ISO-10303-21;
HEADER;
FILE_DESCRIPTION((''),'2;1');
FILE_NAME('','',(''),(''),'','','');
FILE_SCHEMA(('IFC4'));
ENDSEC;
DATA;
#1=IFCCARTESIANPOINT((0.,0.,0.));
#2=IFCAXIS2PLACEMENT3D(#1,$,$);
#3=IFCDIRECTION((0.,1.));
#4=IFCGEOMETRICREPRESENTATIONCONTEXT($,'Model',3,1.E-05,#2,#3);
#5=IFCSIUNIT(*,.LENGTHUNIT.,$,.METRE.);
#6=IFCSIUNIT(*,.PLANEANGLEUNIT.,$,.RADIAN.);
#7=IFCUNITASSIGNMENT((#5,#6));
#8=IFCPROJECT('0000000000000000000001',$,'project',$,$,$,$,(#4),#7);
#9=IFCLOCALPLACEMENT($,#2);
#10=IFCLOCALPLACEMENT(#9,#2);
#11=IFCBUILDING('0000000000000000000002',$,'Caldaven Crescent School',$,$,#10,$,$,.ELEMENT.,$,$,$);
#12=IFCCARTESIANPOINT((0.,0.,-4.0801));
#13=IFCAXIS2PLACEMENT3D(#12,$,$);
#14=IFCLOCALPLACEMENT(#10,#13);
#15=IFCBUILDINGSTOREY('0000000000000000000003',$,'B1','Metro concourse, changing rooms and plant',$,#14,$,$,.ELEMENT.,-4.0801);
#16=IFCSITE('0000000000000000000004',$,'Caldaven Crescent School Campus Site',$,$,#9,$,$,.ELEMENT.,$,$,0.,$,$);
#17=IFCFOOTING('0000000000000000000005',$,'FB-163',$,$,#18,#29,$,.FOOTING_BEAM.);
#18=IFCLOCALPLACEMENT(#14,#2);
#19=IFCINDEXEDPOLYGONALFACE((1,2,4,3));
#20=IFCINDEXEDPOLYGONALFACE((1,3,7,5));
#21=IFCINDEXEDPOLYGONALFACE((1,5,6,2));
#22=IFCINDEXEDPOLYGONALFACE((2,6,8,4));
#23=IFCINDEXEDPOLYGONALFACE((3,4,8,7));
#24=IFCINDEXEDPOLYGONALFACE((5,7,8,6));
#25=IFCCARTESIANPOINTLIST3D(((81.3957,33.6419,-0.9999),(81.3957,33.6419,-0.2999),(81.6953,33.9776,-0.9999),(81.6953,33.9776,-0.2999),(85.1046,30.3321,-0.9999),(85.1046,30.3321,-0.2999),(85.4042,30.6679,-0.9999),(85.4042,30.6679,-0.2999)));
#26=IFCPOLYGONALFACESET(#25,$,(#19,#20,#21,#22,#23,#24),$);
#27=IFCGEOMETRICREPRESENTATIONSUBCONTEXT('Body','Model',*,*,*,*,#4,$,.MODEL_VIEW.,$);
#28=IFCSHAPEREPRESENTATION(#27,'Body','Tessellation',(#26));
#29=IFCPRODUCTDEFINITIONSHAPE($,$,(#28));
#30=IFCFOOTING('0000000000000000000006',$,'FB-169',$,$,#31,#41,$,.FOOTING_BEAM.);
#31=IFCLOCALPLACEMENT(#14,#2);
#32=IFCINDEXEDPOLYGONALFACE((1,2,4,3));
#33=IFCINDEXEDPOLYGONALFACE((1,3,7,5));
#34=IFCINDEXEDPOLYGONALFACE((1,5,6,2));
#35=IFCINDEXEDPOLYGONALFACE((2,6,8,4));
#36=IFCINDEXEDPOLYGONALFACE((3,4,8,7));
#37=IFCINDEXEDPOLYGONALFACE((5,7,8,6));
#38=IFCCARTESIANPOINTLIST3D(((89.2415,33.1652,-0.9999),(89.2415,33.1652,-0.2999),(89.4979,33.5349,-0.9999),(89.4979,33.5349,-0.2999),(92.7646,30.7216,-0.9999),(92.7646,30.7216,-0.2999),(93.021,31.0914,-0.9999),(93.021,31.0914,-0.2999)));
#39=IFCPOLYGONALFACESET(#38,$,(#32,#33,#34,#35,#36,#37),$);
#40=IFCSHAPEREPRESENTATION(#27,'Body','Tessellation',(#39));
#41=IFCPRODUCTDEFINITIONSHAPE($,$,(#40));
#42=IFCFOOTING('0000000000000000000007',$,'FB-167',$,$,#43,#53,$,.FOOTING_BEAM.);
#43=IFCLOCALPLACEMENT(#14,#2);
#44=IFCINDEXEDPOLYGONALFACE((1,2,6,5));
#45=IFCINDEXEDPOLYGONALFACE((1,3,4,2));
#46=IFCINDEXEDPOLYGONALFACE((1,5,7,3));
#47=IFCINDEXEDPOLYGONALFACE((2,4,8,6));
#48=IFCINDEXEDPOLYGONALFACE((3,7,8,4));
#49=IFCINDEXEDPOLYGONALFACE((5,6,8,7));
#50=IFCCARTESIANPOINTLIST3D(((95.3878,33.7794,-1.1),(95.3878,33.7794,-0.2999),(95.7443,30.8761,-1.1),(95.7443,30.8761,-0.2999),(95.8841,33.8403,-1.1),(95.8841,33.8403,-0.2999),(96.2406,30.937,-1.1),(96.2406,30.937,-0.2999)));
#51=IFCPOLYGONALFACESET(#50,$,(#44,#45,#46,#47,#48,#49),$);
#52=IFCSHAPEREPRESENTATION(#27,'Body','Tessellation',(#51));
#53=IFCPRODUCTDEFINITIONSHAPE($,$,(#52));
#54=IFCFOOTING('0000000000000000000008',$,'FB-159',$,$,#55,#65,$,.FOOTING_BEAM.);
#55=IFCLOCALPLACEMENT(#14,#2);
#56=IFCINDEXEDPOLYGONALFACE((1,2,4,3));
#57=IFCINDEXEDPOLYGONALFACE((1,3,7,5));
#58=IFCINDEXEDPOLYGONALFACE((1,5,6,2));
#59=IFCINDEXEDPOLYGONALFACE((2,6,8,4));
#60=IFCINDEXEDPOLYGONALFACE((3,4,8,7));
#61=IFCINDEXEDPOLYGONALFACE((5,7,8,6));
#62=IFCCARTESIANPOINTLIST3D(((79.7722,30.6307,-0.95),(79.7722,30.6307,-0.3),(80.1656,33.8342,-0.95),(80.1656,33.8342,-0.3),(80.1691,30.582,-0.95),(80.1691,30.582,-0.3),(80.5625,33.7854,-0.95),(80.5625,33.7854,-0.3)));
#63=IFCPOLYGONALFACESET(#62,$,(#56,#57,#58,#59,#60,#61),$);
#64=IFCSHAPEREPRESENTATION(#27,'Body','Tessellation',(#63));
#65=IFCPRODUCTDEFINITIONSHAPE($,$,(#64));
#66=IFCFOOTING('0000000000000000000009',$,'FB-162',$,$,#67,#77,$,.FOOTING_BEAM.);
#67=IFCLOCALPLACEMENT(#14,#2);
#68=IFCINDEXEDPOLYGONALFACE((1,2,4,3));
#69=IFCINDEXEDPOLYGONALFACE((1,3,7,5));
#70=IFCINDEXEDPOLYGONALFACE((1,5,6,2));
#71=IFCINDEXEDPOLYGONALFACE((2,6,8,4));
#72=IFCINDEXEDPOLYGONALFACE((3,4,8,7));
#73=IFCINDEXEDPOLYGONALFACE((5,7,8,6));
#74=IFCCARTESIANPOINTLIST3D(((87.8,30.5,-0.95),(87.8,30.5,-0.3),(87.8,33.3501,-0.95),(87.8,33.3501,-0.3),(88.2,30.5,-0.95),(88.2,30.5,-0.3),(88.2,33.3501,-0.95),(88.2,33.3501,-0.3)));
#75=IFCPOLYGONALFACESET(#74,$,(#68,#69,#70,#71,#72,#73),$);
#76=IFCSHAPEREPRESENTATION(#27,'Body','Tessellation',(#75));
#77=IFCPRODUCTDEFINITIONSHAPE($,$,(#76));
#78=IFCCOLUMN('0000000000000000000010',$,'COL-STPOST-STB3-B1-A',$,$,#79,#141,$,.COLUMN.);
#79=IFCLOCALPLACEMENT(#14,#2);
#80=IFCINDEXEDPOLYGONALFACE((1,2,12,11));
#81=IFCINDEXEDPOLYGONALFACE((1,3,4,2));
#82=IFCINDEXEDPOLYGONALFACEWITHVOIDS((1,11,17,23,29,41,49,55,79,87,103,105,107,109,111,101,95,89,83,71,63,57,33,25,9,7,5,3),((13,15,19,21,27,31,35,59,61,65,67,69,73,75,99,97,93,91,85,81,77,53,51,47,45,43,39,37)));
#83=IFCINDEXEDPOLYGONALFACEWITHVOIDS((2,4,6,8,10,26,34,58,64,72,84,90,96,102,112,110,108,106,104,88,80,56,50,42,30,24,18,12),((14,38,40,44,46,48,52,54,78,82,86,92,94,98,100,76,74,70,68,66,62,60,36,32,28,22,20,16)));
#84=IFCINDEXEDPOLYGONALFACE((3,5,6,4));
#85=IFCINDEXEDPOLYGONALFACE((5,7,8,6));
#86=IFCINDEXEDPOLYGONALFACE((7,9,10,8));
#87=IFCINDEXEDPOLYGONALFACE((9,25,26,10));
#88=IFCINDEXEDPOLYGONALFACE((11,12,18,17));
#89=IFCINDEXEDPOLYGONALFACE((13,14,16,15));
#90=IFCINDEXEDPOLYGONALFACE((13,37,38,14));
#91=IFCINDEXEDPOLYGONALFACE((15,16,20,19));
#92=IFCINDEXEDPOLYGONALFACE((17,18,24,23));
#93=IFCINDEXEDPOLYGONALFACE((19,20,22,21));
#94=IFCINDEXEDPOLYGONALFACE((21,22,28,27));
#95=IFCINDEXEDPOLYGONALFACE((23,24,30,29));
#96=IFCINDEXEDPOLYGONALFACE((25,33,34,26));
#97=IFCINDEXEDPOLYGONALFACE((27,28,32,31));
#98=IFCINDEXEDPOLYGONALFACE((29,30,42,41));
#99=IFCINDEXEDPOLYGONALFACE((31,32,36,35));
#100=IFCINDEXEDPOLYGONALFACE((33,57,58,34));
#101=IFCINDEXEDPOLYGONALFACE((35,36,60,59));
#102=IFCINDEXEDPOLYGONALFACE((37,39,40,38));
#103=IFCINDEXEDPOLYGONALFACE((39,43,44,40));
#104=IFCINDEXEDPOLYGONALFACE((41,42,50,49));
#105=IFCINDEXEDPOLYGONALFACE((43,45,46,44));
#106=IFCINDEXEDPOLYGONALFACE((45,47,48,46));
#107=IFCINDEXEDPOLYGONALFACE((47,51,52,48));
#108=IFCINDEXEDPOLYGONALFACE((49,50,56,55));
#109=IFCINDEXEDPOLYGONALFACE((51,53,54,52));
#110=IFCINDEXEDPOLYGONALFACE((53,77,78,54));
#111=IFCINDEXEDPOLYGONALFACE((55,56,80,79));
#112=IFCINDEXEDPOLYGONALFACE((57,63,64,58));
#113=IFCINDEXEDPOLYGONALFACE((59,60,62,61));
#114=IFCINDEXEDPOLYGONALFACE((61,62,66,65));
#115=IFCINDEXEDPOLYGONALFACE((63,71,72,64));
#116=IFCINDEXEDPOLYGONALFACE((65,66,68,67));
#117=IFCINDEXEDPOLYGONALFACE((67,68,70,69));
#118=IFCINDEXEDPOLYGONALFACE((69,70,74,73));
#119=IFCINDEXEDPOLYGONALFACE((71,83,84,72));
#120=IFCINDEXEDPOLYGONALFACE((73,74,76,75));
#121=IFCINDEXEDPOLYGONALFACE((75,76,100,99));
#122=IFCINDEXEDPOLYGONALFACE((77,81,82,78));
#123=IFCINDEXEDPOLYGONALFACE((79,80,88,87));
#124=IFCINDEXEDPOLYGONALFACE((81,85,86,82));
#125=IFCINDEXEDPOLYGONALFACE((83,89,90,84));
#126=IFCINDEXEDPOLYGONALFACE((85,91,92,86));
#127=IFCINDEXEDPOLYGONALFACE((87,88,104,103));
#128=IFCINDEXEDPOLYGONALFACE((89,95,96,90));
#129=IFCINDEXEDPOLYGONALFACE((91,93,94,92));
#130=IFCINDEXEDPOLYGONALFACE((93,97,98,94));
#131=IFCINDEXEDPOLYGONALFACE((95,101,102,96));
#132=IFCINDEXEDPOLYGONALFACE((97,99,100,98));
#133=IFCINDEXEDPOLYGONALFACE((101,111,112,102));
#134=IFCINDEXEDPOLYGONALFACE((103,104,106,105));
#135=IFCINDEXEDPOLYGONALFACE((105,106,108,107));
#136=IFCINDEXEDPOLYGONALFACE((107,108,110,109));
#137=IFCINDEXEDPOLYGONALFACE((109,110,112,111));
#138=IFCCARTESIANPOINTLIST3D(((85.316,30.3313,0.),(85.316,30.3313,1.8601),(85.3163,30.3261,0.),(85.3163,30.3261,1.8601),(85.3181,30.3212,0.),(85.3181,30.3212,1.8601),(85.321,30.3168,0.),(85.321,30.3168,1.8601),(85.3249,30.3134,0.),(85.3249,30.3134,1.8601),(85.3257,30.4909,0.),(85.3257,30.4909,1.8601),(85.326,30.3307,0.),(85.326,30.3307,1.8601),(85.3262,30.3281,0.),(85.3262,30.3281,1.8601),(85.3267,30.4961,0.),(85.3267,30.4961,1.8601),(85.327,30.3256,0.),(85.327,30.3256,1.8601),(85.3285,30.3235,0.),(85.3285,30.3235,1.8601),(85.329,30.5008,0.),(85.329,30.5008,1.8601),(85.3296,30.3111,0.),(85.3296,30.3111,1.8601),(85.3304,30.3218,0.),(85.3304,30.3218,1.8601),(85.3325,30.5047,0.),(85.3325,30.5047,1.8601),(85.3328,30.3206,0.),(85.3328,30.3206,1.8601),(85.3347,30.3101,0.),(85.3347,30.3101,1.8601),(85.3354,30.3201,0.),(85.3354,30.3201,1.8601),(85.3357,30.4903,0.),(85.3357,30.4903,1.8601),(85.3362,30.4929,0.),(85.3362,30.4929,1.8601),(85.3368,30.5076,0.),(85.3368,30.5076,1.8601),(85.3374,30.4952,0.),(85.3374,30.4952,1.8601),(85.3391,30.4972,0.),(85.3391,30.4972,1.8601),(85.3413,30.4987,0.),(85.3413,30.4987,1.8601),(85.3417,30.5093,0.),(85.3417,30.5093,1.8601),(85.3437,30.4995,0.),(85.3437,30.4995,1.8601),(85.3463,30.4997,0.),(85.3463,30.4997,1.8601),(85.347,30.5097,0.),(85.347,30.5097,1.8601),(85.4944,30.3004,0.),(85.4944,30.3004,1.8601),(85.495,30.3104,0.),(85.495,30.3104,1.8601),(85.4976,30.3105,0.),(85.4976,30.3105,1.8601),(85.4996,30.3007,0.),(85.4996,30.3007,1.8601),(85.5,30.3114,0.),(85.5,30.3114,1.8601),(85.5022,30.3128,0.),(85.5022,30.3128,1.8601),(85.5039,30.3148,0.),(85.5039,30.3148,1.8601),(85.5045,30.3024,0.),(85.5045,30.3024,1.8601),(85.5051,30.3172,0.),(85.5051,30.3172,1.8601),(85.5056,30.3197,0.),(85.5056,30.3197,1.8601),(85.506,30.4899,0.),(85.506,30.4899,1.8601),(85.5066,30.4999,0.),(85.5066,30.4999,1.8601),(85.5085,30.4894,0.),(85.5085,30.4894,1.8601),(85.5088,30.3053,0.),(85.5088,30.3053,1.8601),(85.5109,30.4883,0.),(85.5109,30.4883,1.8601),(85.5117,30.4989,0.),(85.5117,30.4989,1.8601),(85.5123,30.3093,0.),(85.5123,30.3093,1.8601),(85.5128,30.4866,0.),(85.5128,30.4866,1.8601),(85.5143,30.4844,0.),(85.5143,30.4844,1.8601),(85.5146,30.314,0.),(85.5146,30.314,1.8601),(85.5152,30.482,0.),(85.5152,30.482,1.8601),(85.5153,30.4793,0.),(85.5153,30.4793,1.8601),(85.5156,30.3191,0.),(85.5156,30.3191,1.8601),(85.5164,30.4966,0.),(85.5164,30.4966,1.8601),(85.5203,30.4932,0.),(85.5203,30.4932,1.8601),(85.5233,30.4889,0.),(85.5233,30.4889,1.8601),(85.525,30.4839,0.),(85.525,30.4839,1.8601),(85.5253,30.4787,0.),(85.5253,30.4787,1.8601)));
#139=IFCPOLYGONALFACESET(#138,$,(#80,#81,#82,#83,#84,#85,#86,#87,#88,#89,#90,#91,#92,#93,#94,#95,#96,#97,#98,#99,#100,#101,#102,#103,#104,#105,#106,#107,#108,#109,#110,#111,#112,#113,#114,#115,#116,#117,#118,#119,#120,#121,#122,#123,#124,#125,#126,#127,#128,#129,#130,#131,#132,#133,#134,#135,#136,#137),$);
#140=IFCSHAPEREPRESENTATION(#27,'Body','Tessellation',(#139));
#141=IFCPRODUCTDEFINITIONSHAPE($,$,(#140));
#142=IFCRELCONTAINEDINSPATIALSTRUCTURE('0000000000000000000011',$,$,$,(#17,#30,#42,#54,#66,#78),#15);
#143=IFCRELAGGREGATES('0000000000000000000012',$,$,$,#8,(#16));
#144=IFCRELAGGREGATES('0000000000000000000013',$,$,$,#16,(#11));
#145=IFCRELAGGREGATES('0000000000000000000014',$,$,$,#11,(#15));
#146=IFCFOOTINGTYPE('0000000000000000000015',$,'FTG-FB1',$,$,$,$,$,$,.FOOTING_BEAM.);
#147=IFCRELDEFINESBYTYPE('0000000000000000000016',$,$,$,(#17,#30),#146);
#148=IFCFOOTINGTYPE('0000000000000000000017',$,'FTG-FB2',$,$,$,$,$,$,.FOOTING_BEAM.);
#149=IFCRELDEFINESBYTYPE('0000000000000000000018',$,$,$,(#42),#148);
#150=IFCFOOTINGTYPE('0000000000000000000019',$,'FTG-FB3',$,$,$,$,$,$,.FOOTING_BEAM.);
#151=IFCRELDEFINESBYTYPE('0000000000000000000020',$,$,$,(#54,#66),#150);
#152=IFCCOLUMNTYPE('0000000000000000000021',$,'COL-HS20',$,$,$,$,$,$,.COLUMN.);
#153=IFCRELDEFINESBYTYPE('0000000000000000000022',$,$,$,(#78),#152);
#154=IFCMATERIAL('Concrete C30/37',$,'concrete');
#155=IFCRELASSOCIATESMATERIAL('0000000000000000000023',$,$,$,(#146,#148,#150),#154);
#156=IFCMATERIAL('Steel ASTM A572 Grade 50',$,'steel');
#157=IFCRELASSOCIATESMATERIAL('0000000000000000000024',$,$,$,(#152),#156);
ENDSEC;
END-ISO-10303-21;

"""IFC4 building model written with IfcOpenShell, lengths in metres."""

from ifc_helpers import new_model, si_unit, direction, frame, origin, origin_2d, place, context, subcontext, project, spatial, rectangle, hollow_rectangle, extrude, material, material_profile, profile_set, type_object, element, save


model = new_model("IFC4")

# Units and contexts
model_context = context("Model", 3, precision=1e-05, world=origin(), true_north=direction((0.0, 1.0)))
body_context = subcontext(model_context, "Body", "Model", "MODEL_VIEW")
ifc_project = project(units=[si_unit("LENGTHUNIT", "METRE"), si_unit("PLANEANGLEUNIT", "RADIAN")], contexts=[model_context])

# Site, building, storey
site_placement = place(None, origin())
site = spatial("IfcSite", under=ifc_project, at=site_placement, Name="Caldaven Crescent School Campus Site", CompositionType="ELEMENT", RefElevation=0.0)
building_placement = place(site_placement, origin())
building = spatial("IfcBuilding", under=site, at=building_placement, Name="Caldaven Crescent School", CompositionType="ELEMENT")
storey_placement = place(building_placement, frame((0.0, 0.0, -4.0801)))
storey = spatial("IfcBuildingStorey", under=building, at=storey_placement, Name="B1", Description="Metro concourse, changing rooms and plant", CompositionType="ELEMENT", Elevation=-4.0801)

# Footings
ifc_material_1 = material(Name="Concrete C30/37", Category="concrete")
ifc_material_profile_1 = material_profile(ifc_material_1, rectangle(XDim=0.45, YDim=0.7, at=origin_2d()), Name="FB 450x700")
ifc_profile_set_1 = profile_set([ifc_material_profile_1], Name="Concrete C30/37")
footing_type_1 = type_object("IfcFootingType", Name="FTG-FB1", PredefinedType="FOOTING_BEAM", material=ifc_profile_set_1)
footing_1_placement = place(storey_placement, frame((85.2544, 30.5, -0.6499), z_axis=(-0.746115, 0.665817, 0.0), x_axis=(-0.665817, -0.746115, 0.0)))
element("IfcFooting", 1, at=footing_1_placement, inside=storey, type_object=footing_type_1, Name="FB-163", PredefinedType="FOOTING_BEAM", context=body_context, shape_type="SweptSolid", body=[
    extrude(rectangle(XDim=0.45, YDim=0.7, at=origin_2d()), origin(), (0.0, 0.0, 1.0), 4.9709),
])
footing_2_placement = place(storey_placement, frame((92.8928, 30.9065, -0.6499), z_axis=(-0.821704, 0.569914, 0.0), x_axis=(-0.569914, -0.821704, 0.0)))
element("IfcFooting", 2, at=footing_2_placement, inside=storey, type_object=footing_type_1, Name="FB-169", PredefinedType="FOOTING_BEAM", context=body_context, shape_type="SweptSolid", body=[
    extrude(rectangle(XDim=0.45, YDim=0.7, at=origin_2d()), origin(), (0.0, 0.0, 1.0), 4.2876),
])
ifc_material_profile_2 = material_profile(ifc_material_1, rectangle(XDim=0.5, YDim=0.8, at=origin_2d()), Name="FB 500x800")
ifc_profile_set_2 = profile_set([ifc_material_profile_2], Name="Concrete C30/37")
footing_type_2 = type_object("IfcFootingType", Name="FTG-FB2", PredefinedType="FOOTING_BEAM", material=ifc_profile_set_2)
footing_3_placement = place(storey_placement, frame((95.636, 33.8098, -0.7), z_axis=(0.121857, -0.992548, 0.0), x_axis=(0.992548, 0.121857, 0.0)))
element("IfcFooting", 3, at=footing_3_placement, inside=storey, type_object=footing_type_2, Name="FB-167", PredefinedType="FOOTING_BEAM", context=body_context, shape_type="SweptSolid", body=[
    extrude(rectangle(XDim=0.5, YDim=0.8, at=origin_2d()), origin(), (0.0, 0.0, 1.0), 2.925),
])
ifc_material_profile_3 = material_profile(ifc_material_1, rectangle(XDim=0.3999, YDim=0.6499, at=origin_2d()), Name="FB 400x650")
ifc_profile_set_3 = profile_set([ifc_material_profile_3], Name="Concrete C30/37")
footing_type_3 = type_object("IfcFootingType", Name="FTG-FB3", PredefinedType="FOOTING_BEAM", material=ifc_profile_set_3)
footing_4_placement = place(storey_placement, frame((80.364, 33.8098, -0.625), z_axis=(-0.121865, -0.992547, 0.0), x_axis=(0.992547, -0.121865, 0.0)))
element("IfcFooting", 4, at=footing_4_placement, inside=storey, type_object=footing_type_3, Name="FB-159", PredefinedType="FOOTING_BEAM", context=body_context, shape_type="SweptSolid", body=[
    extrude(rectangle(XDim=0.3999, YDim=0.6499, at=origin_2d()), origin(), (0.0, 0.0, 1.0), 3.2275),
])
footing_5_placement = place(storey_placement, frame((88.0, 33.3501, -0.625), z_axis=(0.0, -1.0, 0.0), x_axis=(1.0, 0.0, 0.0)))
element("IfcFooting", 5, at=footing_5_placement, inside=storey, type_object=footing_type_3, Name="FB-162", PredefinedType="FOOTING_BEAM", context=body_context, shape_type="SweptSolid", body=[
    extrude(rectangle(XDim=0.3999, YDim=0.6499, at=origin_2d()), origin(), (0.0, 0.0, 1.0), 2.8501),
])

# Column
ifc_material_2 = material(Name="Steel ASTM A572 Grade 50", Category="steel")
ifc_material_profile_4 = material_profile(ifc_material_2, hollow_rectangle(XDim=0.2, YDim=0.2, WallThickness=0.01, InnerFilletRadius=0.01, OuterFilletRadius=0.02, at=origin_2d()), Name="HSS 200x200x10")
ifc_profile_set_4 = profile_set([ifc_material_profile_4], Name="Steel ASTM A572 Grade 50")
column_type = type_object("IfcColumnType", Name="COL-HS20", PredefinedType="COLUMN", material=ifc_profile_set_4)
for number, where, z_axis, x_axis, name in (
    (6, (85.4207, 30.405, 0.0), (0.0, 0.0, 1.0), (0.998135, -0.061049, 0.0), "COL-STPOST-STB3-B1-A"),
):
    element("IfcColumn", number, at=place(storey_placement, frame(where, z_axis=z_axis, x_axis=x_axis)), inside=storey, type_object=column_type, Name=name, PredefinedType="COLUMN", context=body_context, shape_type="SweptSolid", body=[
        extrude(hollow_rectangle(XDim=0.2, YDim=0.2, WallThickness=0.01, InnerFilletRadius=0.01, OuterFilletRadius=0.02, at=origin_2d()), origin(), (0.0, 0.0, 1.0), 1.8601),
    ])

save(model, "model.ifc")
